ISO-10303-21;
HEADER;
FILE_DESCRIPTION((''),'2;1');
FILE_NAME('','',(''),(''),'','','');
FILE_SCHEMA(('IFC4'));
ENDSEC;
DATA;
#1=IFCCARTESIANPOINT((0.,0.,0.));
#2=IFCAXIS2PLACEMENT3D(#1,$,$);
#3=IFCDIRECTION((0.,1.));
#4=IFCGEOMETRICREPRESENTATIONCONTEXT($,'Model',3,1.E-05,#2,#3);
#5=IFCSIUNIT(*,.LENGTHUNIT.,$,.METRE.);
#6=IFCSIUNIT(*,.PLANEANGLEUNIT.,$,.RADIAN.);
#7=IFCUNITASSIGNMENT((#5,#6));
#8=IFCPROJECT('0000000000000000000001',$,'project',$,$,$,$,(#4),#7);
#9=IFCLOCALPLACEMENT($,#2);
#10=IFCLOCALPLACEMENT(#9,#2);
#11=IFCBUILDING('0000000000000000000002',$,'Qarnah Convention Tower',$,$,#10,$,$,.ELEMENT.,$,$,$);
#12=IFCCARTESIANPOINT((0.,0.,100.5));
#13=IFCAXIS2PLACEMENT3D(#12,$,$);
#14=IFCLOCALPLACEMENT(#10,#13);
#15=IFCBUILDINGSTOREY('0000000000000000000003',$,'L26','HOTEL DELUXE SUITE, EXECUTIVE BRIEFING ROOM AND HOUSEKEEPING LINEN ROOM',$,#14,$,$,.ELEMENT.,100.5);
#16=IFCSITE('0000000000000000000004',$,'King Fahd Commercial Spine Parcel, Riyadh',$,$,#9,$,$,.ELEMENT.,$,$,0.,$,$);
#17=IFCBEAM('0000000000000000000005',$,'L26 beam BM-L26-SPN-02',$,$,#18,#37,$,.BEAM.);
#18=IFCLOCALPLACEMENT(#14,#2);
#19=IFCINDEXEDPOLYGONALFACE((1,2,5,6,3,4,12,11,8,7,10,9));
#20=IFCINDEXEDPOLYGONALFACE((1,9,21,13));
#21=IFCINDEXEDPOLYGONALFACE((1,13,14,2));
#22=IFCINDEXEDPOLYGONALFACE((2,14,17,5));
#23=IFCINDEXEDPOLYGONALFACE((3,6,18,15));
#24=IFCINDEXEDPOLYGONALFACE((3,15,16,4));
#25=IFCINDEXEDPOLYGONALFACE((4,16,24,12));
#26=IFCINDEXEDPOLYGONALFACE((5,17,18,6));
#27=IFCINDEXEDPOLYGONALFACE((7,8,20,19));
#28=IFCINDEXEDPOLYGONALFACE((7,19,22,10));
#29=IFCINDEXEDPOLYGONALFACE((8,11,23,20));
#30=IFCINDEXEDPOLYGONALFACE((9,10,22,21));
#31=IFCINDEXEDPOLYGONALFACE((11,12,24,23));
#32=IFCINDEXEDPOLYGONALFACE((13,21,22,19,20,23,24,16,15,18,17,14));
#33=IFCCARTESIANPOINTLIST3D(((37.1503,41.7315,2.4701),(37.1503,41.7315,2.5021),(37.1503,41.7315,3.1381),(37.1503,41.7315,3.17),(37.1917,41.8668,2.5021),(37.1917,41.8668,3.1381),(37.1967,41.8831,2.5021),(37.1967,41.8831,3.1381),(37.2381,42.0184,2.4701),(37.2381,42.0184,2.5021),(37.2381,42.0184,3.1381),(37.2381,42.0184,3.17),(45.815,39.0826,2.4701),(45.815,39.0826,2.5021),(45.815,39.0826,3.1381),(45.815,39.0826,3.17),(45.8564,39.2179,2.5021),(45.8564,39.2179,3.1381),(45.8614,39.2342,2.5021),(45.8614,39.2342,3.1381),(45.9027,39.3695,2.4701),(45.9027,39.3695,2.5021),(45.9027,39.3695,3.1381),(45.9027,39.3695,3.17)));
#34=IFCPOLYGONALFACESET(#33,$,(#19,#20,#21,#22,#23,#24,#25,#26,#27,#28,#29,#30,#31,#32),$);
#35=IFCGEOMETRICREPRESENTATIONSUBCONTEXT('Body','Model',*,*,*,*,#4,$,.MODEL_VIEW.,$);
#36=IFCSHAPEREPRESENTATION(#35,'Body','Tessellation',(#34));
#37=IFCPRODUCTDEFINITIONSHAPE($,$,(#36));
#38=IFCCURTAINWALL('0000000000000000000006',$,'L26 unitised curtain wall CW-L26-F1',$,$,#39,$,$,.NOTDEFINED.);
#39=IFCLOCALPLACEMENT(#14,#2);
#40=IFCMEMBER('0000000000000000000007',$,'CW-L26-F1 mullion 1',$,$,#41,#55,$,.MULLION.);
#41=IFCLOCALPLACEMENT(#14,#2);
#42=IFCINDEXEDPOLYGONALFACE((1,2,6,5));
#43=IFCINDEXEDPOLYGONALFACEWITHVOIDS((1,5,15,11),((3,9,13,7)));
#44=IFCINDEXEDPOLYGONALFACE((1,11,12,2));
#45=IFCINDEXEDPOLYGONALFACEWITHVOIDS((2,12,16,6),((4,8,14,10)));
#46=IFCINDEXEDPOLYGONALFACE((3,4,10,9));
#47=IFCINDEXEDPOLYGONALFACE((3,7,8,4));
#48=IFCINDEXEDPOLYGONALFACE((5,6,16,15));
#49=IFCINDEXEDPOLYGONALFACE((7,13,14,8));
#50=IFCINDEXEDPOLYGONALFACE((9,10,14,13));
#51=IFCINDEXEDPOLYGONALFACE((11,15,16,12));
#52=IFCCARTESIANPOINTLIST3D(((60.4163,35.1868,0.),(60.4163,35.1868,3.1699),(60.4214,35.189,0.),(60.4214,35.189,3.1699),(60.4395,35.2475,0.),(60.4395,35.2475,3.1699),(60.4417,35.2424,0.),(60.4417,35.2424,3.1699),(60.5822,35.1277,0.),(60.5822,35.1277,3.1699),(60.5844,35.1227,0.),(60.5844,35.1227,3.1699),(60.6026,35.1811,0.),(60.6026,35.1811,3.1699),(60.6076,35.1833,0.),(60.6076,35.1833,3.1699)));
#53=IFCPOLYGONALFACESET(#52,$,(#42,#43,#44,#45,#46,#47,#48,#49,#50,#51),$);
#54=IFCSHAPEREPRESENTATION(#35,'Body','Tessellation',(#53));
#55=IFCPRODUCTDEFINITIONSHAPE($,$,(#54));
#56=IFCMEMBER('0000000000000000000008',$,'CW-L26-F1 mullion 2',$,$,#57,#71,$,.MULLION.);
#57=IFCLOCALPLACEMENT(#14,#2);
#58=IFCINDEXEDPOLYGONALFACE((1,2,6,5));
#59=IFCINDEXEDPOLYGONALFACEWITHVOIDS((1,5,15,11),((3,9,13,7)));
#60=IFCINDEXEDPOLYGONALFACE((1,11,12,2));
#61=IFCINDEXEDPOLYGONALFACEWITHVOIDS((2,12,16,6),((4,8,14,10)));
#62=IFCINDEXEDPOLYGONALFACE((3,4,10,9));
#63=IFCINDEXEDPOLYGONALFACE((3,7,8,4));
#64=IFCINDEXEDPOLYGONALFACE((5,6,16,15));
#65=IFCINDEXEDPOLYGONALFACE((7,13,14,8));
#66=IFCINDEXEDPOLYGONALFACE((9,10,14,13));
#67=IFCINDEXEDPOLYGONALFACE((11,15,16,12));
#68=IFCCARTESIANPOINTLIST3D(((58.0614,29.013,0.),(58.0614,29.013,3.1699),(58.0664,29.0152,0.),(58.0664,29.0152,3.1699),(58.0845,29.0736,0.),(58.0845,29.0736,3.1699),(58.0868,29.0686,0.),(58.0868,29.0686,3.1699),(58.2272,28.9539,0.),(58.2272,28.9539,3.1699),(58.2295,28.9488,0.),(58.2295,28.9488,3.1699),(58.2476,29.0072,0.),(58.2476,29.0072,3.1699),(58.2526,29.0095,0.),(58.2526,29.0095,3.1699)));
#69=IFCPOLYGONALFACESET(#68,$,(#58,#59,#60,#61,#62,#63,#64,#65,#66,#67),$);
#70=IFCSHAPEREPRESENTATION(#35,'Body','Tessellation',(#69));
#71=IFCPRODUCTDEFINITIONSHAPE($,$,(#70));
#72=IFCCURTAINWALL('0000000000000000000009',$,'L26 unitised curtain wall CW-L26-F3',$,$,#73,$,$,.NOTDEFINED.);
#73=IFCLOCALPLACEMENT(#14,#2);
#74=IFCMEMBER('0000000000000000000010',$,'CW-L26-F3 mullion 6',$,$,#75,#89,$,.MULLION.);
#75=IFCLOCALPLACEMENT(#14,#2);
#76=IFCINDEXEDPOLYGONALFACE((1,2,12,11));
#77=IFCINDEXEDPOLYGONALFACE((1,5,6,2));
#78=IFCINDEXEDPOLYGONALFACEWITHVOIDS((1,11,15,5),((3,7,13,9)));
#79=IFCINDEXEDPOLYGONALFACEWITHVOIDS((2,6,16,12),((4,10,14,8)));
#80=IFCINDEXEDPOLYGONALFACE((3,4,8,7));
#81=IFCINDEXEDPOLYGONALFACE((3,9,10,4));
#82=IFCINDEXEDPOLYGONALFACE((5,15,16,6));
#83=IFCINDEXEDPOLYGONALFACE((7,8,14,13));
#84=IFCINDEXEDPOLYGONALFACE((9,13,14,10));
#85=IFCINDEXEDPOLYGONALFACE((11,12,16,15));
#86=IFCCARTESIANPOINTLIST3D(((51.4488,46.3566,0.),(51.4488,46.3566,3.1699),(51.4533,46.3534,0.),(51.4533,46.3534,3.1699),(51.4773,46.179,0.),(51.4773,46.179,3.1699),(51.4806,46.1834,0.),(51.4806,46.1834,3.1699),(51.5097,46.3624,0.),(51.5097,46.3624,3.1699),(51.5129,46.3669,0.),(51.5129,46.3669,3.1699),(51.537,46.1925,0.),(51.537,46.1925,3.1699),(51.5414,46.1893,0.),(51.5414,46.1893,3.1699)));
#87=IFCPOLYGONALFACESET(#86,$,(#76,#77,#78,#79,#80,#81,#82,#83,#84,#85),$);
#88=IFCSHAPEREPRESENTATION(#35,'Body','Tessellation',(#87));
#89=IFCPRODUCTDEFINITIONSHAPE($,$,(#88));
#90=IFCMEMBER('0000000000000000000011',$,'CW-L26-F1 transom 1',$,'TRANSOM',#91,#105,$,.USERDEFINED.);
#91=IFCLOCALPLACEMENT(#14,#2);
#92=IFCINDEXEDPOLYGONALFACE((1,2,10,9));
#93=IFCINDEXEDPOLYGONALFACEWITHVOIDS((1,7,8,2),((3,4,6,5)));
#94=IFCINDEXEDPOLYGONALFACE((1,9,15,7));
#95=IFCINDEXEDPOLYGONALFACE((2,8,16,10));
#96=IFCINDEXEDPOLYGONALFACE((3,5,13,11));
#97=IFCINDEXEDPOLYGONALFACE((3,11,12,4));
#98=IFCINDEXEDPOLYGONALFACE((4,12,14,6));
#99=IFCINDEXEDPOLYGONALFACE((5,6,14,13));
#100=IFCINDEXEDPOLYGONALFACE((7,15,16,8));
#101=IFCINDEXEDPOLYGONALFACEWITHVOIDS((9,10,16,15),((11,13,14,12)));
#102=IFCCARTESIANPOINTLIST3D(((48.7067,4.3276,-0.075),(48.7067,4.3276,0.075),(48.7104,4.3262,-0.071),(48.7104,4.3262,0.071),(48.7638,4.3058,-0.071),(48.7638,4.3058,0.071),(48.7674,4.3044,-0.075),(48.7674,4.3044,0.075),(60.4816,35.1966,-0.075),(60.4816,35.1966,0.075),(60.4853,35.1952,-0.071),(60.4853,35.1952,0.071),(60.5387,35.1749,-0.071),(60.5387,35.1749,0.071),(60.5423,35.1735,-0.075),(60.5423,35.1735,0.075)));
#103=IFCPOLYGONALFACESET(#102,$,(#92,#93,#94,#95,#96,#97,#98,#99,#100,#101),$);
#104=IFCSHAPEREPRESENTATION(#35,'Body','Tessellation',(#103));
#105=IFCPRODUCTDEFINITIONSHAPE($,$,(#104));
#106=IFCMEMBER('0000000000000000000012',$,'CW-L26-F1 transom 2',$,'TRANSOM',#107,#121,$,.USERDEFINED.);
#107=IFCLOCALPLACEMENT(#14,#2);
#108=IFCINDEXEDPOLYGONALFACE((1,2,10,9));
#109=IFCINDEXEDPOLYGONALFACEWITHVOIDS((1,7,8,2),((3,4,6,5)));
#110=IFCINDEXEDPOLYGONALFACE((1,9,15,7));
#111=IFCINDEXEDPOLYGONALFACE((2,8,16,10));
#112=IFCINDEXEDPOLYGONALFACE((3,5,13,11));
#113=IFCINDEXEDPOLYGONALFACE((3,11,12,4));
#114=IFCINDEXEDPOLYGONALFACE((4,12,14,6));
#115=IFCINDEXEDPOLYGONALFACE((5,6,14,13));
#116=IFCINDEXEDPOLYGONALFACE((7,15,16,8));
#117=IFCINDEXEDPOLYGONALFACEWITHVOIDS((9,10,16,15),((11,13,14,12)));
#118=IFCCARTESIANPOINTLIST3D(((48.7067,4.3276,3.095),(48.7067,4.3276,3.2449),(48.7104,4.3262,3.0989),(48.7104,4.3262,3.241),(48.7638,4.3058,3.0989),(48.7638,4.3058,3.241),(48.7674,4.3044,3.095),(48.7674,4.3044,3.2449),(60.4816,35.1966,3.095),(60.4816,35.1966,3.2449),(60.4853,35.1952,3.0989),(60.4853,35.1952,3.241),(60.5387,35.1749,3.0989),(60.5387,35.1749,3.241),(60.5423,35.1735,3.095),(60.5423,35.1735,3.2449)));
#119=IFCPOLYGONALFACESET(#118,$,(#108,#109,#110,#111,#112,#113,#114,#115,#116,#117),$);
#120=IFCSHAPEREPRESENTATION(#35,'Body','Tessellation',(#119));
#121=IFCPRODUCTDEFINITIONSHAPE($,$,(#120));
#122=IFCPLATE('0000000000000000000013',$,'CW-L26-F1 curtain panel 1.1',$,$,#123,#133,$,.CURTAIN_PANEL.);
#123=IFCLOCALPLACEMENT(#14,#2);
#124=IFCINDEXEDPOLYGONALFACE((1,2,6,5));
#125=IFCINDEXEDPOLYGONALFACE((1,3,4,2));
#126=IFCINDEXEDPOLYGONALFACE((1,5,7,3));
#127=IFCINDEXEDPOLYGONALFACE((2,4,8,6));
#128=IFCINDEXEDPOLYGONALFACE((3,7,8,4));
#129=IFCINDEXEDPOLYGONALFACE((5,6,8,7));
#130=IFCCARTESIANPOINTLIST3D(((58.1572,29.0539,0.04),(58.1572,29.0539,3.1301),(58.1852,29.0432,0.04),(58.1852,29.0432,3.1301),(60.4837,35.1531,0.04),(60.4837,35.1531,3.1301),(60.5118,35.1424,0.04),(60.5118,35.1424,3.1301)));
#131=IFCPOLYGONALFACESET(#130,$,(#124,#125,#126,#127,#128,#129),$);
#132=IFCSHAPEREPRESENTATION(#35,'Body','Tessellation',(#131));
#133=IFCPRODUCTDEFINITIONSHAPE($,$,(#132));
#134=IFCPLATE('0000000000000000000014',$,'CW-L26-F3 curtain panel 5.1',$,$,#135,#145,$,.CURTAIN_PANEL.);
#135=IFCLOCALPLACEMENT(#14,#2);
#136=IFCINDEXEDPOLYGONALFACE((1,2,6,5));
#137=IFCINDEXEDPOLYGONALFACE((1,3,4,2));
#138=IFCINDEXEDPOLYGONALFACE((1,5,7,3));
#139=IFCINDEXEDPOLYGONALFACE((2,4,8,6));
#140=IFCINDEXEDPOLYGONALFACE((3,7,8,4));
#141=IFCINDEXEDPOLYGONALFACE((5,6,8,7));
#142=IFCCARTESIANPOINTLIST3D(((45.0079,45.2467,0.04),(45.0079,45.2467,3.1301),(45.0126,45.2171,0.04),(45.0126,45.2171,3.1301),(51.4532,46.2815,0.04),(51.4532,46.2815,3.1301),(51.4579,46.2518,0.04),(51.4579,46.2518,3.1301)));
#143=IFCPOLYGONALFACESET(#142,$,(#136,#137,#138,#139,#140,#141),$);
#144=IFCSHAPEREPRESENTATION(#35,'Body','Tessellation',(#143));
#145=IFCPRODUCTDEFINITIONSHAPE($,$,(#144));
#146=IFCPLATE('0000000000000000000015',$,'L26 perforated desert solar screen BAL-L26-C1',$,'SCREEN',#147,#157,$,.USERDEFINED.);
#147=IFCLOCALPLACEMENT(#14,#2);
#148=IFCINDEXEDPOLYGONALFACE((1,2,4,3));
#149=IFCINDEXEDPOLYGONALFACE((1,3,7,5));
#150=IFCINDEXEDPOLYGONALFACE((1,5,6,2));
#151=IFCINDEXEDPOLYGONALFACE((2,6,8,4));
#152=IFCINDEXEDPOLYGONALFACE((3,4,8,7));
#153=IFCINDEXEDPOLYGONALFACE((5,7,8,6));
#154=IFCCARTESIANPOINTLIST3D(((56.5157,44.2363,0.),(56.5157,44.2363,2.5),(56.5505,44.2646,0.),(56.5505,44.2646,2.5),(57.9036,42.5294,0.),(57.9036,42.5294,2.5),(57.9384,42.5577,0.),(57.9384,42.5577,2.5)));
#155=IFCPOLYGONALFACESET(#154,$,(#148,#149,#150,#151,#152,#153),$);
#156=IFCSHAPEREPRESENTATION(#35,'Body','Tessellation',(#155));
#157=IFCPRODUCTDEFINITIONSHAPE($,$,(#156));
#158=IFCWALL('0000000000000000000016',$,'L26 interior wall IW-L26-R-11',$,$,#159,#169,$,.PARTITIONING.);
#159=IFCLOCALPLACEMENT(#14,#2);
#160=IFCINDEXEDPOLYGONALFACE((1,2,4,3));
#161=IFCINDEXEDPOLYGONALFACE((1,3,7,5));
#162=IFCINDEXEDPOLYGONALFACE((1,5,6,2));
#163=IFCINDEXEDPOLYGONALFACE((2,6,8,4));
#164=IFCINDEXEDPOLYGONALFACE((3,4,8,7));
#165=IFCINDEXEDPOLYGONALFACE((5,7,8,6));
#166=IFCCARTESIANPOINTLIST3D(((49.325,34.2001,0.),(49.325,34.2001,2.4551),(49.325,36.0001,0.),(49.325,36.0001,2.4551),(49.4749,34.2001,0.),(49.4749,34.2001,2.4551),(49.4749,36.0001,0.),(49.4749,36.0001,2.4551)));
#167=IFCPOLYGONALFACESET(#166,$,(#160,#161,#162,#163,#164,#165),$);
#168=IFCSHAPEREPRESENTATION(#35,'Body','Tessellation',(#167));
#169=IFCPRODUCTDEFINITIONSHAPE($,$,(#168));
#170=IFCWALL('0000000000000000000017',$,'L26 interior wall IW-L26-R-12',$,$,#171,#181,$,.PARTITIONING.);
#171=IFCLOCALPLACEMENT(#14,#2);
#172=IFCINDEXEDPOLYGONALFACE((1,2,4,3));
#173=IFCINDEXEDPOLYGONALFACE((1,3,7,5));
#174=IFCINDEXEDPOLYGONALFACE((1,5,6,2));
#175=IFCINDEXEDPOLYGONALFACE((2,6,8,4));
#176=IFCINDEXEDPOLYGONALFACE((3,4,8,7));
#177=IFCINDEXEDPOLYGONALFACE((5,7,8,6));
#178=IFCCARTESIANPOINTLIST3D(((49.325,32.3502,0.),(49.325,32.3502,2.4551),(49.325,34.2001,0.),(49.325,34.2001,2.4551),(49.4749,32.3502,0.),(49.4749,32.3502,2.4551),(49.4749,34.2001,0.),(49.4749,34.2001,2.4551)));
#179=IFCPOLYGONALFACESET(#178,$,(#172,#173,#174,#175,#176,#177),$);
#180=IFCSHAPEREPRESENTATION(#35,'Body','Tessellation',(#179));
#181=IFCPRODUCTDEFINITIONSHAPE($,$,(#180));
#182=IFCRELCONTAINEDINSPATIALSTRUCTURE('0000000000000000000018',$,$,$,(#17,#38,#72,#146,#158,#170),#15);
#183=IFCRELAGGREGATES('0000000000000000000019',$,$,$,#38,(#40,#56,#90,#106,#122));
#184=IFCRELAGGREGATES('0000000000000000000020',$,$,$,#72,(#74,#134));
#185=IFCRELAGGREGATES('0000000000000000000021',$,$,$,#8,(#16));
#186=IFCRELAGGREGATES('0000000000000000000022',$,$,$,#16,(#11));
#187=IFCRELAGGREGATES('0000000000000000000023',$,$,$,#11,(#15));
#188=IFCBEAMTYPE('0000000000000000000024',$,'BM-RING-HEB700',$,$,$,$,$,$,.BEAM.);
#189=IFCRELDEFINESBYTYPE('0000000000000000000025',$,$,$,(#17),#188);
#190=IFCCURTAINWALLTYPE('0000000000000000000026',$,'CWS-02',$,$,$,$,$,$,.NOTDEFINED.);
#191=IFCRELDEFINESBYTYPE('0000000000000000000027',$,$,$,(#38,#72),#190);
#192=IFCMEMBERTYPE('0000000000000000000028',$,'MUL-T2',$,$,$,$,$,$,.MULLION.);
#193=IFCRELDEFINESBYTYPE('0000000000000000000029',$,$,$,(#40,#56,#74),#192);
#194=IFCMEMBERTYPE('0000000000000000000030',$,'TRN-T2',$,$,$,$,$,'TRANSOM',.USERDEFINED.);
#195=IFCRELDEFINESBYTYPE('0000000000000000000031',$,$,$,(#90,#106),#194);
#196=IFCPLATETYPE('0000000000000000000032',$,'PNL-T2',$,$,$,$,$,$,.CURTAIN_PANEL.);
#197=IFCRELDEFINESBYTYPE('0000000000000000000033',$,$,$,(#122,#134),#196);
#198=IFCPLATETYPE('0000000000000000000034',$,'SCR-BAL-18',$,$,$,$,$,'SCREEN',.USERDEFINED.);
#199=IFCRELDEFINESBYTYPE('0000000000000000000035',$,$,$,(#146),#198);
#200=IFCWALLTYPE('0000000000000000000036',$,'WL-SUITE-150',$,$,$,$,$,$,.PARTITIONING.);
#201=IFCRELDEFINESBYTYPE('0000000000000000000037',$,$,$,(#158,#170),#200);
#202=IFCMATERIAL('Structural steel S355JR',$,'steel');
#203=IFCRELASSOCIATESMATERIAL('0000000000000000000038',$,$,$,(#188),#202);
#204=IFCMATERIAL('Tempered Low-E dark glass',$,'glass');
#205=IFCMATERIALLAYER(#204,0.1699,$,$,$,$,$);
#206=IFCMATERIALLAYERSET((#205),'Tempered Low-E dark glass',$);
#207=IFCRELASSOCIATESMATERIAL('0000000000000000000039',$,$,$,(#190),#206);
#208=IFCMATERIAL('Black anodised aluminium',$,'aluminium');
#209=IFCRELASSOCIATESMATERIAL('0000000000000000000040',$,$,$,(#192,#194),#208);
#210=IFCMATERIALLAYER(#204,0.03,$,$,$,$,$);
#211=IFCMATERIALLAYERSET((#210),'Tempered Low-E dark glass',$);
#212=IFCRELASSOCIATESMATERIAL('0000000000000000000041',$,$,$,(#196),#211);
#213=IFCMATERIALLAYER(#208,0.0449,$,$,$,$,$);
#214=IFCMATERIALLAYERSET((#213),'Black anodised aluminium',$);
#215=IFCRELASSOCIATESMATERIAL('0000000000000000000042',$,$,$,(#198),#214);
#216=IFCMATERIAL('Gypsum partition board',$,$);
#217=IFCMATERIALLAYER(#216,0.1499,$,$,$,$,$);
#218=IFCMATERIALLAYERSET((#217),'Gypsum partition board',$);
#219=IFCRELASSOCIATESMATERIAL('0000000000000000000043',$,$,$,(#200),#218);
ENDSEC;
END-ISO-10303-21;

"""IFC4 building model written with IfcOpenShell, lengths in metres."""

from ifc_helpers import new_model, si_unit, direction, frame, frame_2d, origin, origin_2d, place, context, subcontext, project, spatial, rectangle, hollow_rectangle, i_section, extrude, material, layer, layer_set, material_profile, profile_set, type_object, element, aggregate, save


model = new_model("IFC4")

# Units and contexts
model_context = context("Model", 3, precision=1e-05, world=origin(), true_north=direction((0.0, 1.0)))
body_context = subcontext(model_context, "Body", "Model", "MODEL_VIEW")
ifc_project = project(units=[si_unit("LENGTHUNIT", "METRE"), si_unit("PLANEANGLEUNIT", "RADIAN")], contexts=[model_context])

# Site, building, storey
site_placement = place(None, origin())
site = spatial("IfcSite", under=ifc_project, at=site_placement, Name="King Fahd Commercial Spine Parcel, Riyadh", CompositionType="ELEMENT", RefElevation=0.0)
building_placement = place(site_placement, origin())
building = spatial("IfcBuilding", under=site, at=building_placement, Name="Qarnah Convention Tower", CompositionType="ELEMENT")
storey_placement = place(building_placement, frame((0.0, 0.0, 100.5)))
storey = spatial("IfcBuildingStorey", under=building, at=storey_placement, Name="L26", Description="HOTEL DELUXE SUITE, EXECUTIVE BRIEFING ROOM AND HOUSEKEEPING LINEN ROOM", CompositionType="ELEMENT", Elevation=100.5)

# Beam
ifc_material_1 = material(Name="Structural steel S355JR", Category="steel")
ifc_material_profile_1 = material_profile(ifc_material_1, i_section(OverallWidth=0.3, OverallDepth=0.7, WebThickness=0.0171, FlangeThickness=0.032, at=origin_2d()), Name="HEB700")
ifc_profile_set_1 = profile_set([ifc_material_profile_1], Name="Structural steel S355JR")
beam_type_1 = type_object("IfcBeamType", Name="BM-RING-HEB700", PredefinedType="BEAM", material=ifc_profile_set_1)
beam_1_placement = place(storey_placement, frame((45.8589, 39.2261, 2.8201), z_axis=(-0.95631, 0.292355, 0.0), x_axis=(-0.292355, -0.95631, 0.0)))
element("IfcBeam", 1, at=beam_1_placement, inside=storey, type_object=beam_type_1, Name="L26 beam BM-L26-SPN-02", PredefinedType="BEAM", context=body_context, shape_type="SweptSolid", body=[
    extrude(i_section(OverallWidth=0.3, OverallDepth=0.7, WebThickness=0.0171, FlangeThickness=0.032, at=origin_2d()), origin(), (0.0, 0.0, 1.0), 9.0605),
])

# Curtain wall, members
ifc_material_2 = material(Name="Tempered Low-E dark glass", Category="glass")
ifc_layer_1 = layer(ifc_material_2, 0.1699)
ifc_layer_set_1 = layer_set([ifc_layer_1], Name="Tempered Low-E dark glass")
curtain_wall_type = type_object("IfcCurtainWallType", Name="CWS-02", PredefinedType="NOTDEFINED", material=ifc_layer_set_1)
curtain_wall_1_placement = place(storey_placement, origin())
curtain_wall_1 = element("IfcCurtainWall", 2, at=curtain_wall_1_placement, inside=storey, type_object=curtain_wall_type, Name="L26 unitised curtain wall CW-L26-F1", PredefinedType="NOTDEFINED")
ifc_material_3 = material(Name="Black anodised aluminium", Category="aluminium")
ifc_material_profile_2 = material_profile(ifc_material_3, hollow_rectangle(XDim=0.0649, YDim=0.1799, WallThickness=0.0039, at=origin_2d()), Name="MUL-65X180")
ifc_profile_set_2 = profile_set([ifc_material_profile_2], Name="Black anodised aluminium")
member_type_1 = type_object("IfcMemberType", Name="MUL-T2", PredefinedType="MULLION", material=ifc_profile_set_2)
member_1_placement = place(storey_placement, frame((60.512, 35.1851, 0.0), z_axis=(0.0, 0.0, 1.0), x_axis=(-0.356402, -0.934333, 0.0)))
member_1 = element("IfcMember", 3, at=member_1_placement, type_object=member_type_1, Name="CW-L26-F1 mullion 1", PredefinedType="MULLION", context=body_context, shape_type="SweptSolid", body=[
    extrude(hollow_rectangle(XDim=0.0649, YDim=0.1799, WallThickness=0.0039, at=origin_2d()), origin(), (0.0, 0.0, 1.0), 3.1699),
])
member_2_placement = place(storey_placement, frame((58.157, 29.0112, 0.0), z_axis=(0.0, 0.0, 1.0), x_axis=(-0.356402, -0.934333, 0.0)))
member_2 = element("IfcMember", 4, at=member_2_placement, type_object=member_type_1, Name="CW-L26-F1 mullion 2", PredefinedType="MULLION", context=body_context, shape_type="SweptSolid", body=[
    extrude(hollow_rectangle(XDim=0.0649, YDim=0.1799, WallThickness=0.0039, at=origin_2d()), origin(), (0.0, 0.0, 1.0), 3.1699),
])

# Curtain wall, member
curtain_wall_2_placement = place(storey_placement, origin())
curtain_wall_2 = element("IfcCurtainWall", 5, at=curtain_wall_2_placement, inside=storey, type_object=curtain_wall_type, Name="L26 unitised curtain wall CW-L26-F3", PredefinedType="NOTDEFINED")
member_3_placement = place(storey_placement, frame((51.4951, 46.2729, 0.0), z_axis=(0.0, 0.0, 1.0), x_axis=(0.987357, 0.158511, 0.0)))
member_3 = element("IfcMember", 6, at=member_3_placement, type_object=member_type_1, Name="CW-L26-F3 mullion 6", PredefinedType="MULLION", context=body_context, shape_type="SweptSolid", body=[
    extrude(hollow_rectangle(XDim=0.0649, YDim=0.1799, WallThickness=0.0039, at=origin_2d()), origin(), (0.0, 0.0, 1.0), 3.1699),
])

# Members
ifc_material_profile_3 = material_profile(ifc_material_3, hollow_rectangle(XDim=0.0649, YDim=0.1499, WallThickness=0.0039, at=origin_2d()), Name="TRN-65X150")
ifc_profile_set_3 = profile_set([ifc_material_profile_3], Name="Black anodised aluminium")
member_type_2 = type_object("IfcMemberType", Name="TRN-T2", ElementType="TRANSOM", PredefinedType="USERDEFINED", material=ifc_profile_set_3)
member_4_placement = place(storey_placement, frame((60.512, 35.1851, 0.0), z_axis=(-0.356398, -0.934334, 0.0), x_axis=(0.934334, -0.356398, 0.0)))
member_4 = element("IfcMember", 7, at=member_4_placement, type_object=member_type_2, Name="CW-L26-F1 transom 1", ObjectType="TRANSOM", PredefinedType="USERDEFINED", context=body_context, shape_type="SweptSolid", body=[
    extrude(hollow_rectangle(XDim=0.0649, YDim=0.1499, WallThickness=0.0039, at=origin_2d()), origin(), (0.0, 0.0, 1.0), 33.0386),
])
member_5_placement = place(storey_placement, frame((60.512, 35.1851, 3.1699), z_axis=(-0.356398, -0.934334, 0.0), x_axis=(0.934334, -0.356398, 0.0)))
member_5 = element("IfcMember", 8, at=member_5_placement, type_object=member_type_2, Name="CW-L26-F1 transom 2", ObjectType="TRANSOM", PredefinedType="USERDEFINED", context=body_context, shape_type="SweptSolid", body=[
    extrude(hollow_rectangle(XDim=0.0649, YDim=0.1499, WallThickness=0.0039, at=origin_2d()), origin(), (0.0, 0.0, 1.0), 33.0386),
])

# Plates
ifc_layer_2 = layer(ifc_material_2, 0.03)
ifc_layer_set_2 = layer_set([ifc_layer_2], Name="Tempered Low-E dark glass")
plate_type_1 = type_object("IfcPlateType", Name="PNL-T2", PredefinedType="CURTAIN_PANEL", material=ifc_layer_set_2)
plate_1_placement = place(storey_placement, frame((59.3345, 32.0981, 0.04), z_axis=(0.0, 0.0, 1.0), x_axis=(-0.356402, -0.934333, 0.0)))
plate_1 = element("IfcPlate", 9, at=plate_1_placement, type_object=plate_type_1, Name="CW-L26-F1 curtain panel 1.1", PredefinedType="CURTAIN_PANEL", context=body_context, shape_type="SweptSolid", body=[
    extrude(rectangle(XDim=6.5278, YDim=0.03, at=origin_2d()), origin(), (0.0, 0.0, 1.0), 3.0901),
])
aggregate(curtain_wall_1, [member_1, member_2, member_4, member_5, plate_1])
plate_2_placement = place(storey_placement, frame((48.2329, 45.7493, 0.04), z_axis=(0.0, 0.0, 1.0), x_axis=(0.987357, 0.158511, 0.0)))
plate_2 = element("IfcPlate", 10, at=plate_2_placement, type_object=plate_type_1, Name="CW-L26-F3 curtain panel 5.1", PredefinedType="CURTAIN_PANEL", context=body_context, shape_type="SweptSolid", body=[
    extrude(rectangle(XDim=6.5278, YDim=0.03, at=origin_2d()), origin(), (0.0, 0.0, 1.0), 3.0901),
])
aggregate(curtain_wall_2, [member_3, plate_2])
ifc_layer_3 = layer(ifc_material_3, 0.0449)
ifc_layer_set_3 = layer_set([ifc_layer_3], Name="Black anodised aluminium")
plate_type_2 = type_object("IfcPlateType", Name="SCR-BAL-18", ElementType="SCREEN", PredefinedType="USERDEFINED", material=ifc_layer_set_3)
plate_3_placement = place(storey_placement, frame((57.2271, 43.397, 0.0), z_axis=(0.0, 0.0, 1.0), x_axis=(0.630879, -0.775881, 0.0)))
element("IfcPlate", 11, at=plate_3_placement, inside=storey, type_object=plate_type_2, Name="L26 perforated desert solar screen BAL-L26-C1", ObjectType="SCREEN", PredefinedType="USERDEFINED", context=body_context, shape_type="SweptSolid", body=[
    extrude(rectangle(XDim=2.2, YDim=0.0449, at=origin_2d()), origin(), (0.0, 0.0, 1.0), 2.5),
])

# Walls
ifc_material_4 = material(Name="Gypsum partition board")
ifc_layer_4 = layer(ifc_material_4, 0.1499)
ifc_layer_set_4 = layer_set([ifc_layer_4], Name="Gypsum partition board")
wall_type_1 = type_object("IfcWallType", Name="WL-SUITE-150", PredefinedType="PARTITIONING", material=ifc_layer_set_4)
wall_1_placement = place(storey_placement, frame((49.3999, 36.0, 0.0), z_axis=(0.0, 0.0, 1.0), x_axis=(0.0, -1.0, 0.0)))
element("IfcWall", 12, at=wall_1_placement, inside=storey, type_object=wall_type_1, Name="L26 interior wall IW-L26-R-11", PredefinedType="PARTITIONING", context=body_context, shape_type="SweptSolid", body=[
    extrude(rectangle(XDim=1.8, YDim=0.1499, at=frame_2d((0.8999, 0.0))), origin(), (0.0, 0.0, 1.0), 2.4551),
])
wall_2_placement = place(storey_placement, frame((49.3999, 34.2, 0.0), z_axis=(0.0, 0.0, 1.0), x_axis=(0.0, -1.0, 0.0)))
element("IfcWall", 13, at=wall_2_placement, inside=storey, type_object=wall_type_1, Name="L26 interior wall IW-L26-R-12", PredefinedType="PARTITIONING", context=body_context, shape_type="SweptSolid", body=[
    extrude(rectangle(XDim=1.8499, YDim=0.1499, at=frame_2d((0.9248, 0.0))), origin(), (0.0, 0.0, 1.0), 2.4551),
])

save(model, "model.ifc")
